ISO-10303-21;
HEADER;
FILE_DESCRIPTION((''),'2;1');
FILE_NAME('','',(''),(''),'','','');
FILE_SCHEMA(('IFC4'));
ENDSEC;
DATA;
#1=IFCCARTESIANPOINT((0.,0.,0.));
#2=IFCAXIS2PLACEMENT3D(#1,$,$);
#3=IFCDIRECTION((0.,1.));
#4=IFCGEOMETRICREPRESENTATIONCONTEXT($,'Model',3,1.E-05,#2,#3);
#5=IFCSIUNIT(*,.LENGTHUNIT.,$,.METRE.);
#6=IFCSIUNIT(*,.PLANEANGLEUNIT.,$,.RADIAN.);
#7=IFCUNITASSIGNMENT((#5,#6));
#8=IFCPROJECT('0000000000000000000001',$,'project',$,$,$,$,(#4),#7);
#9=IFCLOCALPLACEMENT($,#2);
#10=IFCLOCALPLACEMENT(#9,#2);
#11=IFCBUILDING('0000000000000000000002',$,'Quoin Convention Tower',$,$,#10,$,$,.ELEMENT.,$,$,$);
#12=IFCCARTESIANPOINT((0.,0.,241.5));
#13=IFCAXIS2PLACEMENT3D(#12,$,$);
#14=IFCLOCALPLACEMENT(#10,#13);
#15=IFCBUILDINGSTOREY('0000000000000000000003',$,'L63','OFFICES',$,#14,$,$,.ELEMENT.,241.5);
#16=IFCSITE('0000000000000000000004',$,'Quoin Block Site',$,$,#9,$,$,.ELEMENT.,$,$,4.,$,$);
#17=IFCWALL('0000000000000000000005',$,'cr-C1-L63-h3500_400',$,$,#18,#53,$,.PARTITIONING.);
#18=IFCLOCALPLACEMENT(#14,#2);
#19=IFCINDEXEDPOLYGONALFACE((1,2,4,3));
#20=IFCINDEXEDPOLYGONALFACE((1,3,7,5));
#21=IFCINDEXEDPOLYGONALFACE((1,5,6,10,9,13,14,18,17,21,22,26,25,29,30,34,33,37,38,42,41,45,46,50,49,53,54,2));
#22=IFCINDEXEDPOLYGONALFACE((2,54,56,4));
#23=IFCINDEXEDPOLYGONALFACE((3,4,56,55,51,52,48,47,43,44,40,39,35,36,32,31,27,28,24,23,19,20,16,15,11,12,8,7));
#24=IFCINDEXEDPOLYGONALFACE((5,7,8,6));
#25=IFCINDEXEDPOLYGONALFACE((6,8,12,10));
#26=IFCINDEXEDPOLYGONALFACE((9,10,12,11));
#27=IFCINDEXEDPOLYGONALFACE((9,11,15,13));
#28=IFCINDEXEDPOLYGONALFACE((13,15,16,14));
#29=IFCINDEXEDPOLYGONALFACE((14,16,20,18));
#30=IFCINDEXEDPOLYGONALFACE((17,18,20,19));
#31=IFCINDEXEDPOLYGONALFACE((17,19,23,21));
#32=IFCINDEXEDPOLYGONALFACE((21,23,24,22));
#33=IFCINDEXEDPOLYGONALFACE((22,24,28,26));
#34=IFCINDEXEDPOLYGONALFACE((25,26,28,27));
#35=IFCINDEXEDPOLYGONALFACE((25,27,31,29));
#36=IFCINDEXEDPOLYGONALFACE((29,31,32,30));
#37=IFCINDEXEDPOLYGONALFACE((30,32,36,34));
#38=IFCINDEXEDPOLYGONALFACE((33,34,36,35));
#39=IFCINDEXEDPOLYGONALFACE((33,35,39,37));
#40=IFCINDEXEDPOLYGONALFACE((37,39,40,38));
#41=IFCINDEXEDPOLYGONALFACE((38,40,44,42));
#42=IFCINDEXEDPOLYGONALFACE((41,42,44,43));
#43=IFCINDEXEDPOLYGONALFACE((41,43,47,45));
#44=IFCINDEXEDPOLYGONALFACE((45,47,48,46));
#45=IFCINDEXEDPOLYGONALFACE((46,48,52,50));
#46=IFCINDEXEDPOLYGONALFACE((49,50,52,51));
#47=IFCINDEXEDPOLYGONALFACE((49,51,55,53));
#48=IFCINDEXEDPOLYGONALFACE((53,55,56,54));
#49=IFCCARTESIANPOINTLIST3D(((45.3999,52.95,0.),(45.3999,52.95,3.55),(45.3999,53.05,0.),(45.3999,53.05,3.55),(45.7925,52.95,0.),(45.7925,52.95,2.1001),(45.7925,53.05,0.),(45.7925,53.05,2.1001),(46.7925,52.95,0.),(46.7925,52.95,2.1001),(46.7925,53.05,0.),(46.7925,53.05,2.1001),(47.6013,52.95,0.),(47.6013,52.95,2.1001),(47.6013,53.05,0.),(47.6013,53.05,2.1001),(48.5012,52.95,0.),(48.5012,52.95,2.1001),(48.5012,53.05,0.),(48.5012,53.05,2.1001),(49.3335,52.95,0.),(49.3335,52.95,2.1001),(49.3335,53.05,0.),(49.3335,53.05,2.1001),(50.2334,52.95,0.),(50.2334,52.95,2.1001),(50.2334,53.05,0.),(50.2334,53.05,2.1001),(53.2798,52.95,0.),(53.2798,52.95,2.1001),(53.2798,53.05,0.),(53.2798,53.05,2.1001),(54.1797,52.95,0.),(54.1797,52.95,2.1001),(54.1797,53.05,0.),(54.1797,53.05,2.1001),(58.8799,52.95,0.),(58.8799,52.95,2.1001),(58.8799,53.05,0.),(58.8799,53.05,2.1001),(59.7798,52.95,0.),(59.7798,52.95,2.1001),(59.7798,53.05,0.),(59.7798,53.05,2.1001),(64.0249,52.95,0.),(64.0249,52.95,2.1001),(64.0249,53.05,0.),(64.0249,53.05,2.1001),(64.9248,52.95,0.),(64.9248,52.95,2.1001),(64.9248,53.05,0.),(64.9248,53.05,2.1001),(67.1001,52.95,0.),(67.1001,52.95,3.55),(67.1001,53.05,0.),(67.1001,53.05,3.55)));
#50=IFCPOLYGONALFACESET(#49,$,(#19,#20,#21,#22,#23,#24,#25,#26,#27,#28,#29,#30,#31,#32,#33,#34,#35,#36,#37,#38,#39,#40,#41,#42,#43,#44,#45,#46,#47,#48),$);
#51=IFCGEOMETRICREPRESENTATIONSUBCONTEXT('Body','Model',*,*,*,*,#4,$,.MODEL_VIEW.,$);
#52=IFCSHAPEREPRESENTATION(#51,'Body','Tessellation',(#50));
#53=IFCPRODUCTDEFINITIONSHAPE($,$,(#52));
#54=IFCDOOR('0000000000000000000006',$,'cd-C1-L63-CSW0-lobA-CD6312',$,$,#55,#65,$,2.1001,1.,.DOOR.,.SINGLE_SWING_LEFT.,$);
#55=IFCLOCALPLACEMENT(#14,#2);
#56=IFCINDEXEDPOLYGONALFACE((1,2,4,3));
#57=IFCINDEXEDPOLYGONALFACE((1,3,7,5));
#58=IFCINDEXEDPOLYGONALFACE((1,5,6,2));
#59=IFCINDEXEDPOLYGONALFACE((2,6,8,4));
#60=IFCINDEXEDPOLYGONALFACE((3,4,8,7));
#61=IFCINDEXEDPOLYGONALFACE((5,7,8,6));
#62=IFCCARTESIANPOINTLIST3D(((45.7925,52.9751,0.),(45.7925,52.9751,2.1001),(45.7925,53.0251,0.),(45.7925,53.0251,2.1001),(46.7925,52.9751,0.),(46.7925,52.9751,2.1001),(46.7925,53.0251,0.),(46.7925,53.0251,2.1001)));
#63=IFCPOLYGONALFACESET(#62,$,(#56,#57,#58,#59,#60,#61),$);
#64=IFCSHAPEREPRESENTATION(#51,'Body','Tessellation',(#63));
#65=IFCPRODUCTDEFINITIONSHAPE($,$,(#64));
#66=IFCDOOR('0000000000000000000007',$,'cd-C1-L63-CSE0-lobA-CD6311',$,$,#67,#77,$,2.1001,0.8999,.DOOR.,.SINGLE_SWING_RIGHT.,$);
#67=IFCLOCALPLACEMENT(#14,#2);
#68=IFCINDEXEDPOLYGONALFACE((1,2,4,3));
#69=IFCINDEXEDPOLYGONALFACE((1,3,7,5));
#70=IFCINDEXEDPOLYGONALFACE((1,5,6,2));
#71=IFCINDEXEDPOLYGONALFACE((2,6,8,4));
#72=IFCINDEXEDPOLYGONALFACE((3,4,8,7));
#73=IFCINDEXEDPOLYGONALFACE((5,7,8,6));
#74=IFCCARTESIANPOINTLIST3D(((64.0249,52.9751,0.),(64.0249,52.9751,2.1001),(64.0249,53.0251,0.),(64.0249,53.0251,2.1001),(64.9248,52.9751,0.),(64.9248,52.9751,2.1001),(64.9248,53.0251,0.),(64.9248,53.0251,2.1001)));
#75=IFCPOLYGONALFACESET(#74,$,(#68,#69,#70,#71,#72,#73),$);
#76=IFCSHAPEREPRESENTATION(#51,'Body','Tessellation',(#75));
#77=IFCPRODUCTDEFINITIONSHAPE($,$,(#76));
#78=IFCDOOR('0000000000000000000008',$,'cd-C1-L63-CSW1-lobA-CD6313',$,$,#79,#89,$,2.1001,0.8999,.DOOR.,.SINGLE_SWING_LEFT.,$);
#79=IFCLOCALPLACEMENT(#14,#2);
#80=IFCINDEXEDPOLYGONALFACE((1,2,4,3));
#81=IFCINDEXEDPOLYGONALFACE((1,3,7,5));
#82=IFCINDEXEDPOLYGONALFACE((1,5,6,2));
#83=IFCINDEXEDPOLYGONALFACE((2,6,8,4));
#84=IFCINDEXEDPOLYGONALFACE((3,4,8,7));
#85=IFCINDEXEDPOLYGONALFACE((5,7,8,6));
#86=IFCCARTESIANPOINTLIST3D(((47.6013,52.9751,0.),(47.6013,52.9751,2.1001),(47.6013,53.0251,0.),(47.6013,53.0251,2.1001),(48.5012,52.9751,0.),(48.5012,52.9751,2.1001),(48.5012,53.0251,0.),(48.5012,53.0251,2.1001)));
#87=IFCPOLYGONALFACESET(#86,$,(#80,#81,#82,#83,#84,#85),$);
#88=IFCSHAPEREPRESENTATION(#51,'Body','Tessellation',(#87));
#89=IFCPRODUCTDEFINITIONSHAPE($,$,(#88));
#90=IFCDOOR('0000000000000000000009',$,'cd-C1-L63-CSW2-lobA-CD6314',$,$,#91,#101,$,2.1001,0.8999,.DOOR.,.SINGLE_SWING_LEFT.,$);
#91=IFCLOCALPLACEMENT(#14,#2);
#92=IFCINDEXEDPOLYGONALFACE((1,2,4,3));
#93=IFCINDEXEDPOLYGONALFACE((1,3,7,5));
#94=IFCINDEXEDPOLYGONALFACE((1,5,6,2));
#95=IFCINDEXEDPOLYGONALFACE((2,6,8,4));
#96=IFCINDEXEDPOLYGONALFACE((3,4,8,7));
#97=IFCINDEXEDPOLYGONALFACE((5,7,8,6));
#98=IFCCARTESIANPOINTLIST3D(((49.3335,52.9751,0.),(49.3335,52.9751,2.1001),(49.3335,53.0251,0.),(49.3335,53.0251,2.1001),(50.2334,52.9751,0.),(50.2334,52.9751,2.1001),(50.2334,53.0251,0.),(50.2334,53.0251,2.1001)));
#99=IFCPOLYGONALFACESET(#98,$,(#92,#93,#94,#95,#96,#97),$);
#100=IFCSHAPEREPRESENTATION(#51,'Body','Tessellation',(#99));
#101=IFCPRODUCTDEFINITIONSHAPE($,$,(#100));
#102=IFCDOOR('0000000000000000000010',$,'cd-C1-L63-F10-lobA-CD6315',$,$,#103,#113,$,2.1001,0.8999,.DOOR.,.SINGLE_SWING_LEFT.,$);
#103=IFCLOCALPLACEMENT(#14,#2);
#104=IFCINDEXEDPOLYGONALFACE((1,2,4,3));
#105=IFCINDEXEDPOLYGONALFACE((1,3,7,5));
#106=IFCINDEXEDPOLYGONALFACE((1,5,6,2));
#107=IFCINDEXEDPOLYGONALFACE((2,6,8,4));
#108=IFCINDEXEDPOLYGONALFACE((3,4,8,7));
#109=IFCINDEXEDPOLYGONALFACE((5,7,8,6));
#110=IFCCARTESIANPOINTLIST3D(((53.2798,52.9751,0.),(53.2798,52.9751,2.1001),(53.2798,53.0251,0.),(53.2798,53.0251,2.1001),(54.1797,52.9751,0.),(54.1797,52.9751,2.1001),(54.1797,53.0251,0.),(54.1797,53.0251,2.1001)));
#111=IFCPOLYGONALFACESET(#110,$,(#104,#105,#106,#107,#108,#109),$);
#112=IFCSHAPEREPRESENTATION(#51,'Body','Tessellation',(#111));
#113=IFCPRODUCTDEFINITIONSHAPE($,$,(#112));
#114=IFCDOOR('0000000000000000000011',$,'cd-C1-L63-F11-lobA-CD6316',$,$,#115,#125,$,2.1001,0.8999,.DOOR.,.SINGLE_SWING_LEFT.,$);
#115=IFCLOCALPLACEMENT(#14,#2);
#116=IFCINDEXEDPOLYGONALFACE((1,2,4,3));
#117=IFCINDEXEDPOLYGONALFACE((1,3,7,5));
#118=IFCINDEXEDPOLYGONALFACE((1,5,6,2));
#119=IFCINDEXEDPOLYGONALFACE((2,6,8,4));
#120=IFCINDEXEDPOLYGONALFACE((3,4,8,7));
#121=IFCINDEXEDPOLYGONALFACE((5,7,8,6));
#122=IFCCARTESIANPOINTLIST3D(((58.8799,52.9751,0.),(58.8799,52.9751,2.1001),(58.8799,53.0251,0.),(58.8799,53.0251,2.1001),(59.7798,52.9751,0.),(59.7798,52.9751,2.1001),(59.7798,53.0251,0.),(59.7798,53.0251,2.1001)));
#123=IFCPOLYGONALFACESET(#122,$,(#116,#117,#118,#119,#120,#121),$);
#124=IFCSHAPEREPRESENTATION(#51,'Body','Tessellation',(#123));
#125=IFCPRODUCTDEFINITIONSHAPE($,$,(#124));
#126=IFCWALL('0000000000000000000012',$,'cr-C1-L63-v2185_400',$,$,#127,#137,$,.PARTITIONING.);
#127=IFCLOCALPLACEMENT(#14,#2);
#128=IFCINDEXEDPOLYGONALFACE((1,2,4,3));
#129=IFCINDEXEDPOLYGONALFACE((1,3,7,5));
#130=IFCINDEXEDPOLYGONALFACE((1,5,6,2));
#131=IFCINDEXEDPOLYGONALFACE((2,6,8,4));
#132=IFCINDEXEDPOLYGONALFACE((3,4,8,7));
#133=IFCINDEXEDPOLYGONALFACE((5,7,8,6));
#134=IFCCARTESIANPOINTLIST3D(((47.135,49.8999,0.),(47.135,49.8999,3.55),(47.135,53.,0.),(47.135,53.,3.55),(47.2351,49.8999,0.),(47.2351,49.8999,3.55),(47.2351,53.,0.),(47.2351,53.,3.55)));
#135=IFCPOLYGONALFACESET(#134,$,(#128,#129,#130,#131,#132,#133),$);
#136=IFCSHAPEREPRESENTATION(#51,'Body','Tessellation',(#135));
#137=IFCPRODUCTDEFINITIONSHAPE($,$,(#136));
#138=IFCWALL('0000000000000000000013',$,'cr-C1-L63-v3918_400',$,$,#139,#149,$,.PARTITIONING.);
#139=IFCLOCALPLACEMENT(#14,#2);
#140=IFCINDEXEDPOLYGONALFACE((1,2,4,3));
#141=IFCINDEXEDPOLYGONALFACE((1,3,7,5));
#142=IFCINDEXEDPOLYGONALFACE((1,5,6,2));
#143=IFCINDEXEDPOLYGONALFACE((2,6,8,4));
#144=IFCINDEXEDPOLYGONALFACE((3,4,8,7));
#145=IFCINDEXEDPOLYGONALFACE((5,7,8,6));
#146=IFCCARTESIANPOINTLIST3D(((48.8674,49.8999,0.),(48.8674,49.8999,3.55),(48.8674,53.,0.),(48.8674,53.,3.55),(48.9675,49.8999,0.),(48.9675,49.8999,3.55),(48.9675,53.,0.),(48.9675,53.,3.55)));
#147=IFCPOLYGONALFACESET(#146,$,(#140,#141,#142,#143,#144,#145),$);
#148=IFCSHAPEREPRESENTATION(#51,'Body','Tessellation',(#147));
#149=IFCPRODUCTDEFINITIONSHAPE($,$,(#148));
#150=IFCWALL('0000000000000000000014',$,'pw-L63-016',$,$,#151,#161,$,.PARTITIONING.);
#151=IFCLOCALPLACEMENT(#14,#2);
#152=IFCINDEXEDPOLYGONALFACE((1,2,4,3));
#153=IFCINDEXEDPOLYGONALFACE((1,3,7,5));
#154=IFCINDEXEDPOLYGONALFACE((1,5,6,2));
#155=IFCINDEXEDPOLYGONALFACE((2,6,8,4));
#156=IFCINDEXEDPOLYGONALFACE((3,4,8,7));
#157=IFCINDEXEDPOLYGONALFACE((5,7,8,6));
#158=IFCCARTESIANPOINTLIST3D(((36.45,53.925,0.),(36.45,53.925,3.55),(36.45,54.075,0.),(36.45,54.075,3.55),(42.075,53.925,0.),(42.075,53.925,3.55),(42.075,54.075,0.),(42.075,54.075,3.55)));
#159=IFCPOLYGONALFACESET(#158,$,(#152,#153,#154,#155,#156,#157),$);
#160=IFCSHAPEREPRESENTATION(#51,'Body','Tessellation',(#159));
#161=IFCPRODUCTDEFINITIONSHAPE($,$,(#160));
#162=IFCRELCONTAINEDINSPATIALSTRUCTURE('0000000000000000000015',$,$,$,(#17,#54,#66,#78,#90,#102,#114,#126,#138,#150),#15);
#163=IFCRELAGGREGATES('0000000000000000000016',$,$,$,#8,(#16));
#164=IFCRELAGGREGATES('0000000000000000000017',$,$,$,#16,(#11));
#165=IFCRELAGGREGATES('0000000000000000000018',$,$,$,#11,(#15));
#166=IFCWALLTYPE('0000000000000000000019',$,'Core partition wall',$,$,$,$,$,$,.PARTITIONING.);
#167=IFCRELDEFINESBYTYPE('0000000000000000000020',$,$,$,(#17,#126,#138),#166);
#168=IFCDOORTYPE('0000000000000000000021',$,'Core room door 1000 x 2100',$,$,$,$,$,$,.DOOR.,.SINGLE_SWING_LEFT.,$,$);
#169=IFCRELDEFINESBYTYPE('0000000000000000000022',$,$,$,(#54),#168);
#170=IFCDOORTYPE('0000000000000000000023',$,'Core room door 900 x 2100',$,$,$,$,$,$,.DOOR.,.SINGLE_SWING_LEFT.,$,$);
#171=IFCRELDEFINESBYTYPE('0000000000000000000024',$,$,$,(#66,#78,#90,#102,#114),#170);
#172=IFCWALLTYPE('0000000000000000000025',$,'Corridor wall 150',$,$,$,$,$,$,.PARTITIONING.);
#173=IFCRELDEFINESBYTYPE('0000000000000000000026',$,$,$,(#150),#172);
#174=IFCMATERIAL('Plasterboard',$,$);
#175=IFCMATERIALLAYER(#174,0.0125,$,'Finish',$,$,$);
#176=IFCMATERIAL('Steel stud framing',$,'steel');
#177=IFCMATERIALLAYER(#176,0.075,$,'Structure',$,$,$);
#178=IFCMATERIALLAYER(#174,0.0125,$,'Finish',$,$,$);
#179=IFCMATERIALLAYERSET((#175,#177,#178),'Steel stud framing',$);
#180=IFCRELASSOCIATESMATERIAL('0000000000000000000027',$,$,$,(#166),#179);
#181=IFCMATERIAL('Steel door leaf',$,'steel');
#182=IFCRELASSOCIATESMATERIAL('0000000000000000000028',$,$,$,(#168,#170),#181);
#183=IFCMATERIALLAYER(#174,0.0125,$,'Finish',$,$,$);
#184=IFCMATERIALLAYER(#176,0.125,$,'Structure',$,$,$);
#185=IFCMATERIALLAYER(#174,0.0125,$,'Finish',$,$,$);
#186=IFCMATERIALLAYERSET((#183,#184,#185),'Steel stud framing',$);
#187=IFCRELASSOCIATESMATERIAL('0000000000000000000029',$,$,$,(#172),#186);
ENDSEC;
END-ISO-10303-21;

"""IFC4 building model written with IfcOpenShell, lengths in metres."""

from ifc_helpers import new_model, si_unit, direction, frame, frame_2d, origin, place, context, subcontext, project, spatial, rectangle, extrude, material, layer, layer_set, type_object, element, fill, save


model = new_model("IFC4")

# Units and contexts
model_context = context("Model", 3, precision=1e-05, world=origin(), true_north=direction((0.0, 1.0)))
body_context = subcontext(model_context, "Body", "Model", "MODEL_VIEW")
ifc_project = project(units=[si_unit("LENGTHUNIT", "METRE"), si_unit("PLANEANGLEUNIT", "RADIAN")], contexts=[model_context])

# Site, building, storey
site_placement = place(None, origin())
site = spatial("IfcSite", under=ifc_project, at=site_placement, Name="Quoin Block Site", CompositionType="ELEMENT", RefElevation=4.0)
building_placement = place(site_placement, origin())
building = spatial("IfcBuilding", under=site, at=building_placement, Name="Quoin Convention Tower", CompositionType="ELEMENT")
storey_placement = place(building_placement, frame((0.0, 0.0, 241.5)))
storey = spatial("IfcBuildingStorey", under=building, at=storey_placement, Name="L63", Description="OFFICES", CompositionType="ELEMENT", Elevation=241.5)

# Wall, openings, doors
ifc_material_1 = material(Name="Plasterboard")
ifc_layer_1 = layer(ifc_material_1, 0.0125, Name="Finish")
ifc_material_2 = material(Name="Steel stud framing", Category="steel")
ifc_layer_2 = layer(ifc_material_2, 0.075, Name="Structure")
ifc_layer_3 = layer(ifc_material_1, 0.0125, Name="Finish")
ifc_layer_set_1 = layer_set([ifc_layer_1, ifc_layer_2, ifc_layer_3], Name="Steel stud framing")
wall_type_1 = type_object("IfcWallType", Name="Core partition wall", PredefinedType="PARTITIONING", material=ifc_layer_set_1)
wall_1_placement = place(storey_placement, frame((45.3999, 53.0, 0.0), z_axis=(0.0, 0.0, 1.0), x_axis=(1.0, 0.0, 0.0)))
wall_1 = element("IfcWall", 1, at=wall_1_placement, inside=storey, type_object=wall_type_1, Name="cr-C1-L63-h3500_400", PredefinedType="PARTITIONING", context=body_context, shape_type="SweptSolid", body=[
    extrude(rectangle(XDim=21.7002, YDim=0.1001, at=frame_2d((10.8501, 0.0))), origin(), (0.0, 0.0, 1.0), 3.55),
])
opening_1_placement = place(wall_1_placement, frame((18.625, 0.0, 0.0)))
opening_1 = element("IfcOpeningElement", 2, at=opening_1_placement, cuts=wall_1, PredefinedType="OPENING", context=body_context, shape_type="SweptSolid", body=[
    extrude(rectangle(XDim=0.8999, YDim=2.1001, at=frame_2d((0.45, 1.05))), frame((0.0, 0.0601, 0.0), z_axis=(0.0, -1.0, 0.0), x_axis=(1.0, 0.0, 0.0)), (0.0, 0.0, 1.0), 0.1201),
])
opening_2_placement = place(wall_1_placement, frame((0.3926, 0.0, 0.0)))
opening_2 = element("IfcOpeningElement", 3, at=opening_2_placement, cuts=wall_1, PredefinedType="OPENING", context=body_context, shape_type="SweptSolid", body=[
    extrude(rectangle(XDim=1.0, YDim=2.1001, at=frame_2d((0.5, 1.05))), frame((0.0, 0.0601, 0.0), z_axis=(0.0, -1.0, 0.0), x_axis=(1.0, 0.0, 0.0)), (0.0, 0.0, 1.0), 0.1201),
])
opening_3_placement = place(wall_1_placement, frame((2.2014, 0.0, 0.0)))
opening_3 = element("IfcOpeningElement", 4, at=opening_3_placement, cuts=wall_1, PredefinedType="OPENING", context=body_context, shape_type="SweptSolid", body=[
    extrude(rectangle(XDim=0.8999, YDim=2.1001, at=frame_2d((0.45, 1.05))), frame((0.0, 0.0601, 0.0), z_axis=(0.0, -1.0, 0.0), x_axis=(1.0, 0.0, 0.0)), (0.0, 0.0, 1.0), 0.1201),
])
opening_4_placement = place(wall_1_placement, frame((3.9336, 0.0, 0.0)))
opening_4 = element("IfcOpeningElement", 5, at=opening_4_placement, cuts=wall_1, PredefinedType="OPENING", context=body_context, shape_type="SweptSolid", body=[
    extrude(rectangle(XDim=0.8999, YDim=2.1001, at=frame_2d((0.45, 1.05))), frame((0.0, 0.0601, 0.0), z_axis=(0.0, -1.0, 0.0), x_axis=(1.0, 0.0, 0.0)), (0.0, 0.0, 1.0), 0.1201),
])
opening_5_placement = place(wall_1_placement, frame((7.8799, 0.0, 0.0)))
opening_5 = element("IfcOpeningElement", 6, at=opening_5_placement, cuts=wall_1, PredefinedType="OPENING", context=body_context, shape_type="SweptSolid", body=[
    extrude(rectangle(XDim=0.8999, YDim=2.1001, at=frame_2d((0.45, 1.05))), frame((0.0, 0.0601, 0.0), z_axis=(0.0, -1.0, 0.0), x_axis=(1.0, 0.0, 0.0)), (0.0, 0.0, 1.0), 0.1201),
])
opening_6_placement = place(wall_1_placement, frame((13.48, 0.0, 0.0)))
opening_6 = element("IfcOpeningElement", 7, at=opening_6_placement, cuts=wall_1, PredefinedType="OPENING", context=body_context, shape_type="SweptSolid", body=[
    extrude(rectangle(XDim=0.8999, YDim=2.1001, at=frame_2d((0.45, 1.05))), frame((0.0, 0.0601, 0.0), z_axis=(0.0, -1.0, 0.0), x_axis=(1.0, 0.0, 0.0)), (0.0, 0.0, 1.0), 0.1201),
])
ifc_material_3 = material(Name="Steel door leaf", Category="steel")
door_type_1 = type_object("IfcDoorType", Name="Core room door 1000 x 2100", OperationType="SINGLE_SWING_LEFT", PredefinedType="DOOR", material=ifc_material_3)
door_1_placement = place(opening_2_placement, frame((1.0, 0.0, 0.0), z_axis=(0.0, 0.0, 1.0), x_axis=(-1.0, 0.0, 0.0)))
door_1 = element("IfcDoor", 8, at=door_1_placement, inside=storey, type_object=door_type_1, Name="cd-C1-L63-CSW0-lobA-CD6312", OperationType="SINGLE_SWING_LEFT", OverallHeight=2.1001, OverallWidth=1.0, PredefinedType="DOOR", context=body_context, shape_type="SweptSolid", body=[
    extrude(rectangle(XDim=1.0, YDim=2.1001, at=frame_2d((0.5, 1.05))), frame((0.0, 0.0249, 0.0), z_axis=(0.0, -1.0, 0.0), x_axis=(1.0, 0.0, 0.0)), (0.0, 0.0, 1.0), 0.05),
])
fill(opening_2, door_1)
door_type_2 = type_object("IfcDoorType", Name="Core room door 900 x 2100", OperationType="SINGLE_SWING_LEFT", PredefinedType="DOOR", material=ifc_material_3)
door_2_placement = place(opening_1_placement, frame((0.8999, 0.0, 0.0), z_axis=(0.0, 0.0, 1.0), x_axis=(-1.0, 0.0, 0.0)))
door_2 = element("IfcDoor", 9, at=door_2_placement, inside=storey, type_object=door_type_2, Name="cd-C1-L63-CSE0-lobA-CD6311", OperationType="SINGLE_SWING_RIGHT", OverallHeight=2.1001, OverallWidth=0.8999, PredefinedType="DOOR", context=body_context, shape_type="SweptSolid", body=[
    extrude(rectangle(XDim=0.8999, YDim=2.1001, at=frame_2d((0.45, 1.05))), frame((0.0, 0.0249, 0.0), z_axis=(0.0, -1.0, 0.0), x_axis=(1.0, 0.0, 0.0)), (0.0, 0.0, 1.0), 0.05),
])
fill(opening_1, door_2)
door_3_placement = place(opening_3_placement, frame((0.8999, 0.0, 0.0), z_axis=(0.0, 0.0, 1.0), x_axis=(-1.0, 0.0, 0.0)))
door_3 = element("IfcDoor", 10, at=door_3_placement, inside=storey, type_object=door_type_2, Name="cd-C1-L63-CSW1-lobA-CD6313", OperationType="SINGLE_SWING_LEFT", OverallHeight=2.1001, OverallWidth=0.8999, PredefinedType="DOOR", context=body_context, shape_type="SweptSolid", body=[
    extrude(rectangle(XDim=0.8999, YDim=2.1001, at=frame_2d((0.45, 1.05))), frame((0.0, 0.0249, 0.0), z_axis=(0.0, -1.0, 0.0), x_axis=(1.0, 0.0, 0.0)), (0.0, 0.0, 1.0), 0.05),
])
fill(opening_3, door_3)
door_4_placement = place(opening_4_placement, frame((0.8999, 0.0, 0.0), z_axis=(0.0, 0.0, 1.0), x_axis=(-1.0, 0.0, 0.0)))
door_4 = element("IfcDoor", 11, at=door_4_placement, inside=storey, type_object=door_type_2, Name="cd-C1-L63-CSW2-lobA-CD6314", OperationType="SINGLE_SWING_LEFT", OverallHeight=2.1001, OverallWidth=0.8999, PredefinedType="DOOR", context=body_context, shape_type="SweptSolid", body=[
    extrude(rectangle(XDim=0.8999, YDim=2.1001, at=frame_2d((0.45, 1.05))), frame((0.0, 0.0249, 0.0), z_axis=(0.0, -1.0, 0.0), x_axis=(1.0, 0.0, 0.0)), (0.0, 0.0, 1.0), 0.05),
])
fill(opening_4, door_4)
door_5_placement = place(opening_5_placement, frame((0.8999, 0.0, 0.0), z_axis=(0.0, 0.0, 1.0), x_axis=(-1.0, 0.0, 0.0)))
door_5 = element("IfcDoor", 12, at=door_5_placement, inside=storey, type_object=door_type_2, Name="cd-C1-L63-F10-lobA-CD6315", OperationType="SINGLE_SWING_LEFT", OverallHeight=2.1001, OverallWidth=0.8999, PredefinedType="DOOR", context=body_context, shape_type="SweptSolid", body=[
    extrude(rectangle(XDim=0.8999, YDim=2.1001, at=frame_2d((0.45, 1.05))), frame((0.0, 0.0249, 0.0), z_axis=(0.0, -1.0, 0.0), x_axis=(1.0, 0.0, 0.0)), (0.0, 0.0, 1.0), 0.05),
])
fill(opening_5, door_5)
door_6_placement = place(opening_6_placement, frame((0.8999, 0.0, 0.0), z_axis=(0.0, 0.0, 1.0), x_axis=(-1.0, 0.0, 0.0)))
door_6 = element("IfcDoor", 13, at=door_6_placement, inside=storey, type_object=door_type_2, Name="cd-C1-L63-F11-lobA-CD6316", OperationType="SINGLE_SWING_LEFT", OverallHeight=2.1001, OverallWidth=0.8999, PredefinedType="DOOR", context=body_context, shape_type="SweptSolid", body=[
    extrude(rectangle(XDim=0.8999, YDim=2.1001, at=frame_2d((0.45, 1.05))), frame((0.0, 0.0249, 0.0), z_axis=(0.0, -1.0, 0.0), x_axis=(1.0, 0.0, 0.0)), (0.0, 0.0, 1.0), 0.05),
])
fill(opening_6, door_6)

# Walls
for number, where, z_axis, x_axis, name in (
    (14, (47.1851, 49.8999, 0.0), (0.0, 0.0, 1.0), (0.0, 1.0, 0.0), "cr-C1-L63-v2185_400"),
    (15, (48.9175, 49.8999, 0.0), (0.0, 0.0, 1.0), (0.0, 1.0, 0.0), "cr-C1-L63-v3918_400"),
):
    element("IfcWall", number, at=place(storey_placement, frame(where, z_axis=z_axis, x_axis=x_axis)), inside=storey, type_object=wall_type_1, Name=name, PredefinedType="PARTITIONING", context=body_context, shape_type="SweptSolid", body=[
        extrude(rectangle(XDim=3.1001, YDim=0.1001, at=frame_2d((1.55, 0.0))), origin(), (0.0, 0.0, 1.0), 3.55),
    ])
ifc_layer_4 = layer(ifc_material_1, 0.0125, Name="Finish")
ifc_layer_5 = layer(ifc_material_2, 0.125, Name="Structure")
ifc_layer_6 = layer(ifc_material_1, 0.0125, Name="Finish")
ifc_layer_set_2 = layer_set([ifc_layer_4, ifc_layer_5, ifc_layer_6], Name="Steel stud framing")
wall_type_2 = type_object("IfcWallType", Name="Corridor wall 150", PredefinedType="PARTITIONING", material=ifc_layer_set_2)
wall_2_placement = place(storey_placement, frame((36.45, 54.0, 0.0), z_axis=(0.0, 0.0, 1.0), x_axis=(1.0, 0.0, 0.0)))
element("IfcWall", 16, at=wall_2_placement, inside=storey, type_object=wall_type_2, Name="pw-L63-016", PredefinedType="PARTITIONING", context=body_context, shape_type="SweptSolid", body=[
    extrude(rectangle(XDim=5.625, YDim=0.1499, at=frame_2d((2.8125, 0.0))), origin(), (0.0, 0.0, 1.0), 3.55),
])

save(model, "model.ifc")
